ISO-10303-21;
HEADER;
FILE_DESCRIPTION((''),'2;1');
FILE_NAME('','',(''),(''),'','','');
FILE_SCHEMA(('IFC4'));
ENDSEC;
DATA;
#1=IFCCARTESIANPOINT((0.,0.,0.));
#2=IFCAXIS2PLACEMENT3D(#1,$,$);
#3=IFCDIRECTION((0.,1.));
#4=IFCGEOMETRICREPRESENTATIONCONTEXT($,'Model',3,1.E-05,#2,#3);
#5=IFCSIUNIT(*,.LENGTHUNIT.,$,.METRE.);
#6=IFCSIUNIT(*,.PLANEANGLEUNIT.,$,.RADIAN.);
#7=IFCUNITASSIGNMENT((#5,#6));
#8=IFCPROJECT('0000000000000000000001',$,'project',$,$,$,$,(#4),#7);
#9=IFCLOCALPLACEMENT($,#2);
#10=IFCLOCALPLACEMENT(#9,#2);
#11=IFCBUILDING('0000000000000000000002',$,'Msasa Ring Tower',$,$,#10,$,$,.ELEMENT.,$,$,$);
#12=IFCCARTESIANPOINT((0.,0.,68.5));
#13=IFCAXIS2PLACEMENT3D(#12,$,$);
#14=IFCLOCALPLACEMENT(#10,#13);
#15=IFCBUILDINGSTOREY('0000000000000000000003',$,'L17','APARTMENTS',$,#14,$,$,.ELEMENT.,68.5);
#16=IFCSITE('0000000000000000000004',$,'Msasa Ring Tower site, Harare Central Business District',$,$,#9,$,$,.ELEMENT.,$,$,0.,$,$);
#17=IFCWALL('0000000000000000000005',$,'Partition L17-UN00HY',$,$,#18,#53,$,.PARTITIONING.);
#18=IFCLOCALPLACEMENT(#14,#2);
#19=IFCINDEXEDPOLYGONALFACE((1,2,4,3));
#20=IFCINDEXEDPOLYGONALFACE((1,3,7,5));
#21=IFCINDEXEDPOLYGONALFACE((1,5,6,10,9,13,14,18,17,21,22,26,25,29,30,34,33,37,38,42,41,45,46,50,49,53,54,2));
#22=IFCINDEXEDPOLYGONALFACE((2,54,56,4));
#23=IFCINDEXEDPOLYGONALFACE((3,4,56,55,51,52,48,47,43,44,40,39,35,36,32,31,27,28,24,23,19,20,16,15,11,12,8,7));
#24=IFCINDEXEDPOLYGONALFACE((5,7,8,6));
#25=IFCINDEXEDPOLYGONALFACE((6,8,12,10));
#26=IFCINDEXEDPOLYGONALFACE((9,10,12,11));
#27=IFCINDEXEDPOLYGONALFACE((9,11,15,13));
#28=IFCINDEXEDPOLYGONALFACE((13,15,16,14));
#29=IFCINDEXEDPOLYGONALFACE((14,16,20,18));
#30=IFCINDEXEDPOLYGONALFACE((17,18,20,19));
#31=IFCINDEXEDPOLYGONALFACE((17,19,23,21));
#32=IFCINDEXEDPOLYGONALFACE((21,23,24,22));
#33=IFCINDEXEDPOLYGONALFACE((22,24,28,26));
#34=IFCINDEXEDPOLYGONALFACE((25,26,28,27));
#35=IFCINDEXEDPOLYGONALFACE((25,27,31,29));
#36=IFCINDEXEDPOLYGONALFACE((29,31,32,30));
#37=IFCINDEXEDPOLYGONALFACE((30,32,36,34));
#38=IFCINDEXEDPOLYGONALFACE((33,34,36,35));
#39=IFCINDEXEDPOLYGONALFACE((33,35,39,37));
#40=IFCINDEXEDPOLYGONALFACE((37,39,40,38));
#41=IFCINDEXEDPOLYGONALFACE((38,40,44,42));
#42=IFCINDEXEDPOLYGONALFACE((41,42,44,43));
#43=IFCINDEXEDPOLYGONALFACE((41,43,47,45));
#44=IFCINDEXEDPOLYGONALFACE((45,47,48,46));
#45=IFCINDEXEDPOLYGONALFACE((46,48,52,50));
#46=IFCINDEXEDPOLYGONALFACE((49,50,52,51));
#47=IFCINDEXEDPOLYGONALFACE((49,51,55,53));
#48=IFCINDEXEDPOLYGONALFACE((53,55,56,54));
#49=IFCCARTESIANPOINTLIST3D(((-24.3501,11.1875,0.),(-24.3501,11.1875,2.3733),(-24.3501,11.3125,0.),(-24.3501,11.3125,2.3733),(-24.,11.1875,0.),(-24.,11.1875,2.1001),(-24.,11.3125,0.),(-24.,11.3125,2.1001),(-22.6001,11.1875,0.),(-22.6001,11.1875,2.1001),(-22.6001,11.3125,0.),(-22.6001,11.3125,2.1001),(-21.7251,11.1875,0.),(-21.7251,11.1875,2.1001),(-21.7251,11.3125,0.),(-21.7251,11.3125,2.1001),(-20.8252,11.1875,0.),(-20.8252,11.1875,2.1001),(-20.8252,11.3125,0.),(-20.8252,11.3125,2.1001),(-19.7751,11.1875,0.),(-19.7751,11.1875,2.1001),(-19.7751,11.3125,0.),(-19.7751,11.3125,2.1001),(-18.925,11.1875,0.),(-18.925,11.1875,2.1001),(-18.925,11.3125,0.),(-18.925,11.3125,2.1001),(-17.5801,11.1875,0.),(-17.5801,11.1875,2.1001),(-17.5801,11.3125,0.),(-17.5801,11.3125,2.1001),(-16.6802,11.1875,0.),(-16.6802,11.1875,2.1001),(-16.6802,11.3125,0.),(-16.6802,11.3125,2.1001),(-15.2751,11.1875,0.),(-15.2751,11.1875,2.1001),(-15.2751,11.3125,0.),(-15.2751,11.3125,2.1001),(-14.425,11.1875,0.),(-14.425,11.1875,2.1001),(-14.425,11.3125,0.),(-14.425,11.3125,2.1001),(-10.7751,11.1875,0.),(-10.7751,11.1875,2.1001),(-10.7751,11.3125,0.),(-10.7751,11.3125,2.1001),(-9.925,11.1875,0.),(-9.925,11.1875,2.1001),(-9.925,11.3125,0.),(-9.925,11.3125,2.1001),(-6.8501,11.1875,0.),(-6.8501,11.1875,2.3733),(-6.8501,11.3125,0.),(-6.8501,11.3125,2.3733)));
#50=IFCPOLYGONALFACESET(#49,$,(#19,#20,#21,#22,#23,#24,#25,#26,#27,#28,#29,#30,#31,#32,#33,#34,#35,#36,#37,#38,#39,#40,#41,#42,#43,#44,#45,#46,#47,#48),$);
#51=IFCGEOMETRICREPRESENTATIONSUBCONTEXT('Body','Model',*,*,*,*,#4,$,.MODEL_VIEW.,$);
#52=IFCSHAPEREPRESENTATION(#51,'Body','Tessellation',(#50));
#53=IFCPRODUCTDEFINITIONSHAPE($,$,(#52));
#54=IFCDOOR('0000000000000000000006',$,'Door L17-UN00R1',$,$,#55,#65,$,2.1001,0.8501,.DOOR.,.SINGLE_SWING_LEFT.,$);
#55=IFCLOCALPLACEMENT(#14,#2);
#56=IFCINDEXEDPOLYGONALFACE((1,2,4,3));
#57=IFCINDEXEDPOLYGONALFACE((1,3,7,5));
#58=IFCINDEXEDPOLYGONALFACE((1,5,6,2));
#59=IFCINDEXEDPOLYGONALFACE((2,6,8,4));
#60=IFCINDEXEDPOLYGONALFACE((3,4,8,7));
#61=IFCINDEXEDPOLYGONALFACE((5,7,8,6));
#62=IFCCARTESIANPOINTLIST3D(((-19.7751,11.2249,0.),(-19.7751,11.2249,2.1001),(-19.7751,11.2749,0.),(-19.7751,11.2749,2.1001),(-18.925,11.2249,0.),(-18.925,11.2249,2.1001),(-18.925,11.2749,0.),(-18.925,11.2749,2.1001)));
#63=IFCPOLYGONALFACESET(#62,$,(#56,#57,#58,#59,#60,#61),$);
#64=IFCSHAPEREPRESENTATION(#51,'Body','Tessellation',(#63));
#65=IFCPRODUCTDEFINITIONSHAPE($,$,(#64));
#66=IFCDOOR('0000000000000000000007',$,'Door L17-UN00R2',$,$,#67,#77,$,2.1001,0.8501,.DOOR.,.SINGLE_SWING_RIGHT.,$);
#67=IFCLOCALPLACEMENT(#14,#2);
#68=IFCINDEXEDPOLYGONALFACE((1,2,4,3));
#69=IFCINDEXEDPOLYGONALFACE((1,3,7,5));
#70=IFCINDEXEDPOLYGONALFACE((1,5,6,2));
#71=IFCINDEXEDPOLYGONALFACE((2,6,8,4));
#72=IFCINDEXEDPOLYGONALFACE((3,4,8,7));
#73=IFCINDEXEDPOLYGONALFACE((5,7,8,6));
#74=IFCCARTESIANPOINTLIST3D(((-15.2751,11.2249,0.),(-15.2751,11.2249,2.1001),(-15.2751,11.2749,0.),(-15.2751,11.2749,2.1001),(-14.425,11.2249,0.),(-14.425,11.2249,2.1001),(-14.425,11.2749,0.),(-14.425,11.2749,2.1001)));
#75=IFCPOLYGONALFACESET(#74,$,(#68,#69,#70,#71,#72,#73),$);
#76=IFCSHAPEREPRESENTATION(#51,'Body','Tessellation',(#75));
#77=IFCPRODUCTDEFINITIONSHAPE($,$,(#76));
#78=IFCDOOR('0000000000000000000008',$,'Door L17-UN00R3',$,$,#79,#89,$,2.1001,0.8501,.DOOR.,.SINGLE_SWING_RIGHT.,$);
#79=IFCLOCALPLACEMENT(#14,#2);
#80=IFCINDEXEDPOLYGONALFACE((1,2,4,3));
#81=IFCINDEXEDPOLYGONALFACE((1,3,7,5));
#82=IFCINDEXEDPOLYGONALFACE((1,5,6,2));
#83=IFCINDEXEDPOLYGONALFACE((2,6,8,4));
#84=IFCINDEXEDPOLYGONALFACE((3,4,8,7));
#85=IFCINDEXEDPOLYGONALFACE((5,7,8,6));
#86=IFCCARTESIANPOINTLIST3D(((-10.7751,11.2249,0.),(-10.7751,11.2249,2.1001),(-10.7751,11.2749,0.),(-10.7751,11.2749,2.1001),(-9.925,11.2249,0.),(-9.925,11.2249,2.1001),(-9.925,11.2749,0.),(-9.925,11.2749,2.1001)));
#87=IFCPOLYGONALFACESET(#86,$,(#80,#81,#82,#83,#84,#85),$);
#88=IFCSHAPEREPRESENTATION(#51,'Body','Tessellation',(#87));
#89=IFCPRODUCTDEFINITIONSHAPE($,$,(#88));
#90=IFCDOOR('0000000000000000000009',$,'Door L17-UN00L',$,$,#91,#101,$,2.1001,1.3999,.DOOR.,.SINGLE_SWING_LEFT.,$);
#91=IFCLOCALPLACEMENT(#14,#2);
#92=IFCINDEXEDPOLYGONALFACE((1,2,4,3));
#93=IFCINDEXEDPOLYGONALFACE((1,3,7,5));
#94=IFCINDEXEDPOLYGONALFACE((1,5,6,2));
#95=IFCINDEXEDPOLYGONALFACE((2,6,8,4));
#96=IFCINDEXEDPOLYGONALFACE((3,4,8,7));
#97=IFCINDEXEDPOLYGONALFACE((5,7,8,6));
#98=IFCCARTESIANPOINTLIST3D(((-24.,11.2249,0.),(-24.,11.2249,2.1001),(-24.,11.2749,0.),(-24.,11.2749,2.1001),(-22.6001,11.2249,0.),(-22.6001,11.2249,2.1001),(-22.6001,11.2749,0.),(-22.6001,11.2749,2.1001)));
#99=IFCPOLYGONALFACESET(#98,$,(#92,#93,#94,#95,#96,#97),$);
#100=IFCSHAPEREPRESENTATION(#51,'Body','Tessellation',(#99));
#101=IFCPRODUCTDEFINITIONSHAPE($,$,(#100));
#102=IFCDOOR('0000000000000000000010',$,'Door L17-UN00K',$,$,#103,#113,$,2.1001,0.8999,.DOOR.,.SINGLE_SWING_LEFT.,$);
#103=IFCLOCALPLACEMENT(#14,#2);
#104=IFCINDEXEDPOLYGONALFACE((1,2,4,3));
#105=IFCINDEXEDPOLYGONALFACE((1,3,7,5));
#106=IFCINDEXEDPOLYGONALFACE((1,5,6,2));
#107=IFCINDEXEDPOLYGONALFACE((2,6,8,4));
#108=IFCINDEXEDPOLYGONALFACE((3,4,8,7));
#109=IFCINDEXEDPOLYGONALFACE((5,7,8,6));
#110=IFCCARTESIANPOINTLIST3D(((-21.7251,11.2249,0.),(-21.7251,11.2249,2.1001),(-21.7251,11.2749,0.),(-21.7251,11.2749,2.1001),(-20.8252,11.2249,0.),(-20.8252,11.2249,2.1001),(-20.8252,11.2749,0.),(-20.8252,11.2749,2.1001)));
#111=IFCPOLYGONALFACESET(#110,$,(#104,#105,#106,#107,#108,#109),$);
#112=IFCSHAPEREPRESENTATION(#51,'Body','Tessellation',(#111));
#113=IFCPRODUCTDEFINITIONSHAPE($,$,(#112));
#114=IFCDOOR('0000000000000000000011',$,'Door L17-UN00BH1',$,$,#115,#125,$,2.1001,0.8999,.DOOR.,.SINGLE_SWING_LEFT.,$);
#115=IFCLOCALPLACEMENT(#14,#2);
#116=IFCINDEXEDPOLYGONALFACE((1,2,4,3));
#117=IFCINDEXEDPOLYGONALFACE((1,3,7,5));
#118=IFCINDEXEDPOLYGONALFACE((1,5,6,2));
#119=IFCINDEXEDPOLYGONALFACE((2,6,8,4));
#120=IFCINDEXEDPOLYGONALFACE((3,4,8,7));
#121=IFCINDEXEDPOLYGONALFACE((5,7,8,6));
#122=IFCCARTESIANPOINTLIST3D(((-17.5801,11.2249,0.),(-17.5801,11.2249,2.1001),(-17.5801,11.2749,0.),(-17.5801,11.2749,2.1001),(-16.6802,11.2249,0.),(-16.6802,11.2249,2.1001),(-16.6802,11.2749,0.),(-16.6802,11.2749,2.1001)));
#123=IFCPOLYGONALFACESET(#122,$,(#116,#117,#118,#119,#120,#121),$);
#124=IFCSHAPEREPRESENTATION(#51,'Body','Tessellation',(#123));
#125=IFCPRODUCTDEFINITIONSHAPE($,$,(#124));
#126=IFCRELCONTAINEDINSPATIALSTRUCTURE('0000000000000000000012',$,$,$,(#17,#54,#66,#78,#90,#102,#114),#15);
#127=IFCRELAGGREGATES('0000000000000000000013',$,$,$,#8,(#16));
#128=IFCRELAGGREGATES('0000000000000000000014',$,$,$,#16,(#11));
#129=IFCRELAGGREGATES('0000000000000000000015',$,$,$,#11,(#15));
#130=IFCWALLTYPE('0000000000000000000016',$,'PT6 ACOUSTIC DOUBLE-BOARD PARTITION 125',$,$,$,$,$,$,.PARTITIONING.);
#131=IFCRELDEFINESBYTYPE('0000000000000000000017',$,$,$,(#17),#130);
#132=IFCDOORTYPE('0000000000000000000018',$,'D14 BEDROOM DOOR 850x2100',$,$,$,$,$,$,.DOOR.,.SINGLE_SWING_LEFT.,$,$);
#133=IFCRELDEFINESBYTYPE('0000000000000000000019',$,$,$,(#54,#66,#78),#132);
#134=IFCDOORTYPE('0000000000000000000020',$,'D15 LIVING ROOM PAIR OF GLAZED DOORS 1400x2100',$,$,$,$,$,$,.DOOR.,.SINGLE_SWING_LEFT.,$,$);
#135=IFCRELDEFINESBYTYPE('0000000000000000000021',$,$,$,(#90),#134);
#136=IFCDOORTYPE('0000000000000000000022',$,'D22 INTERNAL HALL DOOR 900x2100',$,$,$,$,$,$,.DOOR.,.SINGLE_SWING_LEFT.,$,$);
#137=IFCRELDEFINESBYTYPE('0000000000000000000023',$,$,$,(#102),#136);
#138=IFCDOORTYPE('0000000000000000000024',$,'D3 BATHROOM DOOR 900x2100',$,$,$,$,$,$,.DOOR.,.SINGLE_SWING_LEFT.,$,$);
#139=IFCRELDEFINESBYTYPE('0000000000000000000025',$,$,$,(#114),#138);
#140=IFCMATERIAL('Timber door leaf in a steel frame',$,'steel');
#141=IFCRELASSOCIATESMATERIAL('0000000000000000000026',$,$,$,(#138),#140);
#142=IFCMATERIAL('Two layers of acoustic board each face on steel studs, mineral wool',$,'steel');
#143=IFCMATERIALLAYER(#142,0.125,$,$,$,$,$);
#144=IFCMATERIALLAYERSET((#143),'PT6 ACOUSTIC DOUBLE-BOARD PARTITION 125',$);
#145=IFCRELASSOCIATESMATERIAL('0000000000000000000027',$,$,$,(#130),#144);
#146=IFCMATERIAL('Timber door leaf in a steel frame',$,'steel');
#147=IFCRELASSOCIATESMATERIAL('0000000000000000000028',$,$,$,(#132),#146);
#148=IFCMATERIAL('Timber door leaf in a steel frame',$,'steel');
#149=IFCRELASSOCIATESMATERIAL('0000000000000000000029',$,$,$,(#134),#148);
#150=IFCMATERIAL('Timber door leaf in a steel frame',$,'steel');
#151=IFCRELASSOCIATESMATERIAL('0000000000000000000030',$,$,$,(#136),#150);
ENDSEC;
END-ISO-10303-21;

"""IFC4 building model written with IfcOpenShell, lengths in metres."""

from ifc_helpers import new_model, si_unit, direction, frame, frame_2d, origin, place, context, subcontext, project, spatial, rectangle, extrude, material, layer, layer_set, type_object, element, fill, save


model = new_model("IFC4")

# Units and contexts
model_context = context("Model", 3, precision=1e-05, world=origin(), true_north=direction((0.0, 1.0)))
body_context = subcontext(model_context, "Body", "Model", "MODEL_VIEW")
ifc_project = project(units=[si_unit("LENGTHUNIT", "METRE"), si_unit("PLANEANGLEUNIT", "RADIAN")], contexts=[model_context])

# Site, building, storey
site_placement = place(None, origin())
site = spatial("IfcSite", under=ifc_project, at=site_placement, Name="Msasa Ring Tower site, Harare Central Business District", CompositionType="ELEMENT", RefElevation=0.0)
building_placement = place(site_placement, origin())
building = spatial("IfcBuilding", under=site, at=building_placement, Name="Msasa Ring Tower", CompositionType="ELEMENT")
storey_placement = place(building_placement, frame((0.0, 0.0, 68.5)))
storey = spatial("IfcBuildingStorey", under=building, at=storey_placement, Name="L17", Description="APARTMENTS", CompositionType="ELEMENT", Elevation=68.5)

# Shared definitions
ifc_material_1 = material(Name="Timber door leaf in a steel frame", Category="steel")
door_type_1 = type_object("IfcDoorType", Name="D3 BATHROOM DOOR 900x2100", OperationType="SINGLE_SWING_LEFT", PredefinedType="DOOR", material=ifc_material_1)

# Wall, openings, doors
ifc_material_2 = material(Name="Two layers of acoustic board each face on steel studs, mineral wool", Category="steel")
ifc_layer_1 = layer(ifc_material_2, 0.125)
ifc_layer_set_1 = layer_set([ifc_layer_1], Name="PT6 ACOUSTIC DOUBLE-BOARD PARTITION 125")
wall_type_1 = type_object("IfcWallType", Name="PT6 ACOUSTIC DOUBLE-BOARD PARTITION 125", PredefinedType="PARTITIONING", material=ifc_layer_set_1)
wall_1_placement = place(storey_placement, frame((-24.3501, 11.25, 0.0), z_axis=(0.0, 0.0, 1.0), x_axis=(1.0, 0.0, 0.0)))
wall_1 = element("IfcWall", 1, at=wall_1_placement, inside=storey, type_object=wall_type_1, Name="Partition L17-UN00HY", PredefinedType="PARTITIONING", context=body_context, shape_type="SweptSolid", body=[
    extrude(rectangle(XDim=17.5, YDim=0.125, at=frame_2d((8.75, 0.0))), origin(), (0.0, 0.0, 1.0), 2.3733),
])
opening_1_placement = place(wall_1_placement, frame((2.625, 0.0, 0.0)))
opening_1 = element("IfcOpeningElement", 2, at=opening_1_placement, cuts=wall_1, PredefinedType="OPENING", context=body_context, shape_type="SweptSolid", body=[
    extrude(rectangle(XDim=0.8999, YDim=2.1001, at=frame_2d((0.45, 1.05))), frame((0.0, 0.0725, 0.0), z_axis=(0.0, -1.0, 0.0), x_axis=(1.0, 0.0, 0.0)), (0.0, 0.0, 1.0), 0.145),
])
opening_2_placement = place(wall_1_placement, frame((0.3501, 0.0, 0.0)))
opening_2 = element("IfcOpeningElement", 3, at=opening_2_placement, cuts=wall_1, PredefinedType="OPENING", context=body_context, shape_type="SweptSolid", body=[
    extrude(rectangle(XDim=1.3999, YDim=2.1001, at=frame_2d((0.7, 1.05))), frame((0.0, 0.0725, 0.0), z_axis=(0.0, -1.0, 0.0), x_axis=(1.0, 0.0, 0.0)), (0.0, 0.0, 1.0), 0.145),
])
opening_3_placement = place(wall_1_placement, frame((4.575, 0.0, 0.0)))
opening_3 = element("IfcOpeningElement", 4, at=opening_3_placement, cuts=wall_1, PredefinedType="OPENING", context=body_context, shape_type="SweptSolid", body=[
    extrude(rectangle(XDim=0.8501, YDim=2.1001, at=frame_2d((0.425, 1.05))), frame((0.0, 0.0725, 0.0), z_axis=(0.0, -1.0, 0.0), x_axis=(1.0, 0.0, 0.0)), (0.0, 0.0, 1.0), 0.145),
])
opening_4_placement = place(wall_1_placement, frame((6.77, 0.0, 0.0)))
opening_4 = element("IfcOpeningElement", 5, at=opening_4_placement, cuts=wall_1, PredefinedType="OPENING", context=body_context, shape_type="SweptSolid", body=[
    extrude(rectangle(XDim=0.8999, YDim=2.1001, at=frame_2d((0.45, 1.05))), frame((0.0, 0.0725, 0.0), z_axis=(0.0, -1.0, 0.0), x_axis=(1.0, 0.0, 0.0)), (0.0, 0.0, 1.0), 0.145),
])
opening_5_placement = place(wall_1_placement, frame((9.075, 0.0, 0.0)))
opening_5 = element("IfcOpeningElement", 6, at=opening_5_placement, cuts=wall_1, PredefinedType="OPENING", context=body_context, shape_type="SweptSolid", body=[
    extrude(rectangle(XDim=0.8501, YDim=2.1001, at=frame_2d((0.425, 1.05))), frame((0.0, 0.0725, 0.0), z_axis=(0.0, -1.0, 0.0), x_axis=(1.0, 0.0, 0.0)), (0.0, 0.0, 1.0), 0.145),
])
opening_6_placement = place(wall_1_placement, frame((13.575, 0.0, 0.0)))
opening_6 = element("IfcOpeningElement", 7, at=opening_6_placement, cuts=wall_1, PredefinedType="OPENING", context=body_context, shape_type="SweptSolid", body=[
    extrude(rectangle(XDim=0.8501, YDim=2.1001, at=frame_2d((0.425, 1.05))), frame((0.0, 0.0725, 0.0), z_axis=(0.0, -1.0, 0.0), x_axis=(1.0, 0.0, 0.0)), (0.0, 0.0, 1.0), 0.145),
])
ifc_material_3 = material(Name="Timber door leaf in a steel frame", Category="steel")
door_type_2 = type_object("IfcDoorType", Name="D14 BEDROOM DOOR 850x2100", OperationType="SINGLE_SWING_LEFT", PredefinedType="DOOR", material=ifc_material_3)
door_1_placement = place(opening_3_placement, origin())
door_1 = element("IfcDoor", 8, at=door_1_placement, inside=storey, type_object=door_type_2, Name="Door L17-UN00R1", OperationType="SINGLE_SWING_LEFT", OverallHeight=2.1001, OverallWidth=0.8501, PredefinedType="DOOR", context=body_context, shape_type="SweptSolid", body=[
    extrude(rectangle(XDim=0.8501, YDim=2.1001, at=frame_2d((0.425, 1.05))), frame((0.0, 0.0249, 0.0), z_axis=(0.0, -1.0, 0.0), x_axis=(1.0, 0.0, 0.0)), (0.0, 0.0, 1.0), 0.05),
])
fill(opening_3, door_1)
door_2_placement = place(opening_5_placement, origin())
door_2 = element("IfcDoor", 9, at=door_2_placement, inside=storey, type_object=door_type_2, Name="Door L17-UN00R2", OperationType="SINGLE_SWING_RIGHT", OverallHeight=2.1001, OverallWidth=0.8501, PredefinedType="DOOR", context=body_context, shape_type="SweptSolid", body=[
    extrude(rectangle(XDim=0.8501, YDim=2.1001, at=frame_2d((0.425, 1.05))), frame((0.0, 0.0249, 0.0), z_axis=(0.0, -1.0, 0.0), x_axis=(1.0, 0.0, 0.0)), (0.0, 0.0, 1.0), 0.05),
])
fill(opening_5, door_2)
door_3_placement = place(opening_6_placement, origin())
door_3 = element("IfcDoor", 10, at=door_3_placement, inside=storey, type_object=door_type_2, Name="Door L17-UN00R3", OperationType="SINGLE_SWING_RIGHT", OverallHeight=2.1001, OverallWidth=0.8501, PredefinedType="DOOR", context=body_context, shape_type="SweptSolid", body=[
    extrude(rectangle(XDim=0.8501, YDim=2.1001, at=frame_2d((0.425, 1.05))), frame((0.0, 0.0249, 0.0), z_axis=(0.0, -1.0, 0.0), x_axis=(1.0, 0.0, 0.0)), (0.0, 0.0, 1.0), 0.05),
])
fill(opening_6, door_3)
ifc_material_4 = material(Name="Timber door leaf in a steel frame", Category="steel")
door_type_3 = type_object("IfcDoorType", Name="D15 LIVING ROOM PAIR OF GLAZED DOORS 1400x2100", OperationType="SINGLE_SWING_LEFT", PredefinedType="DOOR", material=ifc_material_4)
door_4_placement = place(opening_2_placement, origin())
door_4 = element("IfcDoor", 11, at=door_4_placement, inside=storey, type_object=door_type_3, Name="Door L17-UN00L", OperationType="SINGLE_SWING_LEFT", OverallHeight=2.1001, OverallWidth=1.3999, PredefinedType="DOOR", context=body_context, shape_type="SweptSolid", body=[
    extrude(rectangle(XDim=1.3999, YDim=2.1001, at=frame_2d((0.7, 1.05))), frame((0.0, 0.0249, 0.0), z_axis=(0.0, -1.0, 0.0), x_axis=(1.0, 0.0, 0.0)), (0.0, 0.0, 1.0), 0.05),
])
fill(opening_2, door_4)
ifc_material_5 = material(Name="Timber door leaf in a steel frame", Category="steel")
door_type_4 = type_object("IfcDoorType", Name="D22 INTERNAL HALL DOOR 900x2100", OperationType="SINGLE_SWING_LEFT", PredefinedType="DOOR", material=ifc_material_5)
door_5_placement = place(opening_1_placement, origin())
door_5 = element("IfcDoor", 12, at=door_5_placement, inside=storey, type_object=door_type_4, Name="Door L17-UN00K", OperationType="SINGLE_SWING_LEFT", OverallHeight=2.1001, OverallWidth=0.8999, PredefinedType="DOOR", context=body_context, shape_type="SweptSolid", body=[
    extrude(rectangle(XDim=0.8999, YDim=2.1001, at=frame_2d((0.45, 1.05))), frame((0.0, 0.0249, 0.0), z_axis=(0.0, -1.0, 0.0), x_axis=(1.0, 0.0, 0.0)), (0.0, 0.0, 1.0), 0.05),
])
fill(opening_1, door_5)
door_6_placement = place(opening_4_placement, origin())
door_6 = element("IfcDoor", 13, at=door_6_placement, inside=storey, type_object=door_type_1, Name="Door L17-UN00BH1", OperationType="SINGLE_SWING_LEFT", OverallHeight=2.1001, OverallWidth=0.8999, PredefinedType="DOOR", context=body_context, shape_type="SweptSolid", body=[
    extrude(rectangle(XDim=0.8999, YDim=2.1001, at=frame_2d((0.45, 1.05))), frame((0.0, 0.0249, 0.0), z_axis=(0.0, -1.0, 0.0), x_axis=(1.0, 0.0, 0.0)), (0.0, 0.0, 1.0), 0.05),
])
fill(opening_4, door_6)

save(model, "model.ifc")
